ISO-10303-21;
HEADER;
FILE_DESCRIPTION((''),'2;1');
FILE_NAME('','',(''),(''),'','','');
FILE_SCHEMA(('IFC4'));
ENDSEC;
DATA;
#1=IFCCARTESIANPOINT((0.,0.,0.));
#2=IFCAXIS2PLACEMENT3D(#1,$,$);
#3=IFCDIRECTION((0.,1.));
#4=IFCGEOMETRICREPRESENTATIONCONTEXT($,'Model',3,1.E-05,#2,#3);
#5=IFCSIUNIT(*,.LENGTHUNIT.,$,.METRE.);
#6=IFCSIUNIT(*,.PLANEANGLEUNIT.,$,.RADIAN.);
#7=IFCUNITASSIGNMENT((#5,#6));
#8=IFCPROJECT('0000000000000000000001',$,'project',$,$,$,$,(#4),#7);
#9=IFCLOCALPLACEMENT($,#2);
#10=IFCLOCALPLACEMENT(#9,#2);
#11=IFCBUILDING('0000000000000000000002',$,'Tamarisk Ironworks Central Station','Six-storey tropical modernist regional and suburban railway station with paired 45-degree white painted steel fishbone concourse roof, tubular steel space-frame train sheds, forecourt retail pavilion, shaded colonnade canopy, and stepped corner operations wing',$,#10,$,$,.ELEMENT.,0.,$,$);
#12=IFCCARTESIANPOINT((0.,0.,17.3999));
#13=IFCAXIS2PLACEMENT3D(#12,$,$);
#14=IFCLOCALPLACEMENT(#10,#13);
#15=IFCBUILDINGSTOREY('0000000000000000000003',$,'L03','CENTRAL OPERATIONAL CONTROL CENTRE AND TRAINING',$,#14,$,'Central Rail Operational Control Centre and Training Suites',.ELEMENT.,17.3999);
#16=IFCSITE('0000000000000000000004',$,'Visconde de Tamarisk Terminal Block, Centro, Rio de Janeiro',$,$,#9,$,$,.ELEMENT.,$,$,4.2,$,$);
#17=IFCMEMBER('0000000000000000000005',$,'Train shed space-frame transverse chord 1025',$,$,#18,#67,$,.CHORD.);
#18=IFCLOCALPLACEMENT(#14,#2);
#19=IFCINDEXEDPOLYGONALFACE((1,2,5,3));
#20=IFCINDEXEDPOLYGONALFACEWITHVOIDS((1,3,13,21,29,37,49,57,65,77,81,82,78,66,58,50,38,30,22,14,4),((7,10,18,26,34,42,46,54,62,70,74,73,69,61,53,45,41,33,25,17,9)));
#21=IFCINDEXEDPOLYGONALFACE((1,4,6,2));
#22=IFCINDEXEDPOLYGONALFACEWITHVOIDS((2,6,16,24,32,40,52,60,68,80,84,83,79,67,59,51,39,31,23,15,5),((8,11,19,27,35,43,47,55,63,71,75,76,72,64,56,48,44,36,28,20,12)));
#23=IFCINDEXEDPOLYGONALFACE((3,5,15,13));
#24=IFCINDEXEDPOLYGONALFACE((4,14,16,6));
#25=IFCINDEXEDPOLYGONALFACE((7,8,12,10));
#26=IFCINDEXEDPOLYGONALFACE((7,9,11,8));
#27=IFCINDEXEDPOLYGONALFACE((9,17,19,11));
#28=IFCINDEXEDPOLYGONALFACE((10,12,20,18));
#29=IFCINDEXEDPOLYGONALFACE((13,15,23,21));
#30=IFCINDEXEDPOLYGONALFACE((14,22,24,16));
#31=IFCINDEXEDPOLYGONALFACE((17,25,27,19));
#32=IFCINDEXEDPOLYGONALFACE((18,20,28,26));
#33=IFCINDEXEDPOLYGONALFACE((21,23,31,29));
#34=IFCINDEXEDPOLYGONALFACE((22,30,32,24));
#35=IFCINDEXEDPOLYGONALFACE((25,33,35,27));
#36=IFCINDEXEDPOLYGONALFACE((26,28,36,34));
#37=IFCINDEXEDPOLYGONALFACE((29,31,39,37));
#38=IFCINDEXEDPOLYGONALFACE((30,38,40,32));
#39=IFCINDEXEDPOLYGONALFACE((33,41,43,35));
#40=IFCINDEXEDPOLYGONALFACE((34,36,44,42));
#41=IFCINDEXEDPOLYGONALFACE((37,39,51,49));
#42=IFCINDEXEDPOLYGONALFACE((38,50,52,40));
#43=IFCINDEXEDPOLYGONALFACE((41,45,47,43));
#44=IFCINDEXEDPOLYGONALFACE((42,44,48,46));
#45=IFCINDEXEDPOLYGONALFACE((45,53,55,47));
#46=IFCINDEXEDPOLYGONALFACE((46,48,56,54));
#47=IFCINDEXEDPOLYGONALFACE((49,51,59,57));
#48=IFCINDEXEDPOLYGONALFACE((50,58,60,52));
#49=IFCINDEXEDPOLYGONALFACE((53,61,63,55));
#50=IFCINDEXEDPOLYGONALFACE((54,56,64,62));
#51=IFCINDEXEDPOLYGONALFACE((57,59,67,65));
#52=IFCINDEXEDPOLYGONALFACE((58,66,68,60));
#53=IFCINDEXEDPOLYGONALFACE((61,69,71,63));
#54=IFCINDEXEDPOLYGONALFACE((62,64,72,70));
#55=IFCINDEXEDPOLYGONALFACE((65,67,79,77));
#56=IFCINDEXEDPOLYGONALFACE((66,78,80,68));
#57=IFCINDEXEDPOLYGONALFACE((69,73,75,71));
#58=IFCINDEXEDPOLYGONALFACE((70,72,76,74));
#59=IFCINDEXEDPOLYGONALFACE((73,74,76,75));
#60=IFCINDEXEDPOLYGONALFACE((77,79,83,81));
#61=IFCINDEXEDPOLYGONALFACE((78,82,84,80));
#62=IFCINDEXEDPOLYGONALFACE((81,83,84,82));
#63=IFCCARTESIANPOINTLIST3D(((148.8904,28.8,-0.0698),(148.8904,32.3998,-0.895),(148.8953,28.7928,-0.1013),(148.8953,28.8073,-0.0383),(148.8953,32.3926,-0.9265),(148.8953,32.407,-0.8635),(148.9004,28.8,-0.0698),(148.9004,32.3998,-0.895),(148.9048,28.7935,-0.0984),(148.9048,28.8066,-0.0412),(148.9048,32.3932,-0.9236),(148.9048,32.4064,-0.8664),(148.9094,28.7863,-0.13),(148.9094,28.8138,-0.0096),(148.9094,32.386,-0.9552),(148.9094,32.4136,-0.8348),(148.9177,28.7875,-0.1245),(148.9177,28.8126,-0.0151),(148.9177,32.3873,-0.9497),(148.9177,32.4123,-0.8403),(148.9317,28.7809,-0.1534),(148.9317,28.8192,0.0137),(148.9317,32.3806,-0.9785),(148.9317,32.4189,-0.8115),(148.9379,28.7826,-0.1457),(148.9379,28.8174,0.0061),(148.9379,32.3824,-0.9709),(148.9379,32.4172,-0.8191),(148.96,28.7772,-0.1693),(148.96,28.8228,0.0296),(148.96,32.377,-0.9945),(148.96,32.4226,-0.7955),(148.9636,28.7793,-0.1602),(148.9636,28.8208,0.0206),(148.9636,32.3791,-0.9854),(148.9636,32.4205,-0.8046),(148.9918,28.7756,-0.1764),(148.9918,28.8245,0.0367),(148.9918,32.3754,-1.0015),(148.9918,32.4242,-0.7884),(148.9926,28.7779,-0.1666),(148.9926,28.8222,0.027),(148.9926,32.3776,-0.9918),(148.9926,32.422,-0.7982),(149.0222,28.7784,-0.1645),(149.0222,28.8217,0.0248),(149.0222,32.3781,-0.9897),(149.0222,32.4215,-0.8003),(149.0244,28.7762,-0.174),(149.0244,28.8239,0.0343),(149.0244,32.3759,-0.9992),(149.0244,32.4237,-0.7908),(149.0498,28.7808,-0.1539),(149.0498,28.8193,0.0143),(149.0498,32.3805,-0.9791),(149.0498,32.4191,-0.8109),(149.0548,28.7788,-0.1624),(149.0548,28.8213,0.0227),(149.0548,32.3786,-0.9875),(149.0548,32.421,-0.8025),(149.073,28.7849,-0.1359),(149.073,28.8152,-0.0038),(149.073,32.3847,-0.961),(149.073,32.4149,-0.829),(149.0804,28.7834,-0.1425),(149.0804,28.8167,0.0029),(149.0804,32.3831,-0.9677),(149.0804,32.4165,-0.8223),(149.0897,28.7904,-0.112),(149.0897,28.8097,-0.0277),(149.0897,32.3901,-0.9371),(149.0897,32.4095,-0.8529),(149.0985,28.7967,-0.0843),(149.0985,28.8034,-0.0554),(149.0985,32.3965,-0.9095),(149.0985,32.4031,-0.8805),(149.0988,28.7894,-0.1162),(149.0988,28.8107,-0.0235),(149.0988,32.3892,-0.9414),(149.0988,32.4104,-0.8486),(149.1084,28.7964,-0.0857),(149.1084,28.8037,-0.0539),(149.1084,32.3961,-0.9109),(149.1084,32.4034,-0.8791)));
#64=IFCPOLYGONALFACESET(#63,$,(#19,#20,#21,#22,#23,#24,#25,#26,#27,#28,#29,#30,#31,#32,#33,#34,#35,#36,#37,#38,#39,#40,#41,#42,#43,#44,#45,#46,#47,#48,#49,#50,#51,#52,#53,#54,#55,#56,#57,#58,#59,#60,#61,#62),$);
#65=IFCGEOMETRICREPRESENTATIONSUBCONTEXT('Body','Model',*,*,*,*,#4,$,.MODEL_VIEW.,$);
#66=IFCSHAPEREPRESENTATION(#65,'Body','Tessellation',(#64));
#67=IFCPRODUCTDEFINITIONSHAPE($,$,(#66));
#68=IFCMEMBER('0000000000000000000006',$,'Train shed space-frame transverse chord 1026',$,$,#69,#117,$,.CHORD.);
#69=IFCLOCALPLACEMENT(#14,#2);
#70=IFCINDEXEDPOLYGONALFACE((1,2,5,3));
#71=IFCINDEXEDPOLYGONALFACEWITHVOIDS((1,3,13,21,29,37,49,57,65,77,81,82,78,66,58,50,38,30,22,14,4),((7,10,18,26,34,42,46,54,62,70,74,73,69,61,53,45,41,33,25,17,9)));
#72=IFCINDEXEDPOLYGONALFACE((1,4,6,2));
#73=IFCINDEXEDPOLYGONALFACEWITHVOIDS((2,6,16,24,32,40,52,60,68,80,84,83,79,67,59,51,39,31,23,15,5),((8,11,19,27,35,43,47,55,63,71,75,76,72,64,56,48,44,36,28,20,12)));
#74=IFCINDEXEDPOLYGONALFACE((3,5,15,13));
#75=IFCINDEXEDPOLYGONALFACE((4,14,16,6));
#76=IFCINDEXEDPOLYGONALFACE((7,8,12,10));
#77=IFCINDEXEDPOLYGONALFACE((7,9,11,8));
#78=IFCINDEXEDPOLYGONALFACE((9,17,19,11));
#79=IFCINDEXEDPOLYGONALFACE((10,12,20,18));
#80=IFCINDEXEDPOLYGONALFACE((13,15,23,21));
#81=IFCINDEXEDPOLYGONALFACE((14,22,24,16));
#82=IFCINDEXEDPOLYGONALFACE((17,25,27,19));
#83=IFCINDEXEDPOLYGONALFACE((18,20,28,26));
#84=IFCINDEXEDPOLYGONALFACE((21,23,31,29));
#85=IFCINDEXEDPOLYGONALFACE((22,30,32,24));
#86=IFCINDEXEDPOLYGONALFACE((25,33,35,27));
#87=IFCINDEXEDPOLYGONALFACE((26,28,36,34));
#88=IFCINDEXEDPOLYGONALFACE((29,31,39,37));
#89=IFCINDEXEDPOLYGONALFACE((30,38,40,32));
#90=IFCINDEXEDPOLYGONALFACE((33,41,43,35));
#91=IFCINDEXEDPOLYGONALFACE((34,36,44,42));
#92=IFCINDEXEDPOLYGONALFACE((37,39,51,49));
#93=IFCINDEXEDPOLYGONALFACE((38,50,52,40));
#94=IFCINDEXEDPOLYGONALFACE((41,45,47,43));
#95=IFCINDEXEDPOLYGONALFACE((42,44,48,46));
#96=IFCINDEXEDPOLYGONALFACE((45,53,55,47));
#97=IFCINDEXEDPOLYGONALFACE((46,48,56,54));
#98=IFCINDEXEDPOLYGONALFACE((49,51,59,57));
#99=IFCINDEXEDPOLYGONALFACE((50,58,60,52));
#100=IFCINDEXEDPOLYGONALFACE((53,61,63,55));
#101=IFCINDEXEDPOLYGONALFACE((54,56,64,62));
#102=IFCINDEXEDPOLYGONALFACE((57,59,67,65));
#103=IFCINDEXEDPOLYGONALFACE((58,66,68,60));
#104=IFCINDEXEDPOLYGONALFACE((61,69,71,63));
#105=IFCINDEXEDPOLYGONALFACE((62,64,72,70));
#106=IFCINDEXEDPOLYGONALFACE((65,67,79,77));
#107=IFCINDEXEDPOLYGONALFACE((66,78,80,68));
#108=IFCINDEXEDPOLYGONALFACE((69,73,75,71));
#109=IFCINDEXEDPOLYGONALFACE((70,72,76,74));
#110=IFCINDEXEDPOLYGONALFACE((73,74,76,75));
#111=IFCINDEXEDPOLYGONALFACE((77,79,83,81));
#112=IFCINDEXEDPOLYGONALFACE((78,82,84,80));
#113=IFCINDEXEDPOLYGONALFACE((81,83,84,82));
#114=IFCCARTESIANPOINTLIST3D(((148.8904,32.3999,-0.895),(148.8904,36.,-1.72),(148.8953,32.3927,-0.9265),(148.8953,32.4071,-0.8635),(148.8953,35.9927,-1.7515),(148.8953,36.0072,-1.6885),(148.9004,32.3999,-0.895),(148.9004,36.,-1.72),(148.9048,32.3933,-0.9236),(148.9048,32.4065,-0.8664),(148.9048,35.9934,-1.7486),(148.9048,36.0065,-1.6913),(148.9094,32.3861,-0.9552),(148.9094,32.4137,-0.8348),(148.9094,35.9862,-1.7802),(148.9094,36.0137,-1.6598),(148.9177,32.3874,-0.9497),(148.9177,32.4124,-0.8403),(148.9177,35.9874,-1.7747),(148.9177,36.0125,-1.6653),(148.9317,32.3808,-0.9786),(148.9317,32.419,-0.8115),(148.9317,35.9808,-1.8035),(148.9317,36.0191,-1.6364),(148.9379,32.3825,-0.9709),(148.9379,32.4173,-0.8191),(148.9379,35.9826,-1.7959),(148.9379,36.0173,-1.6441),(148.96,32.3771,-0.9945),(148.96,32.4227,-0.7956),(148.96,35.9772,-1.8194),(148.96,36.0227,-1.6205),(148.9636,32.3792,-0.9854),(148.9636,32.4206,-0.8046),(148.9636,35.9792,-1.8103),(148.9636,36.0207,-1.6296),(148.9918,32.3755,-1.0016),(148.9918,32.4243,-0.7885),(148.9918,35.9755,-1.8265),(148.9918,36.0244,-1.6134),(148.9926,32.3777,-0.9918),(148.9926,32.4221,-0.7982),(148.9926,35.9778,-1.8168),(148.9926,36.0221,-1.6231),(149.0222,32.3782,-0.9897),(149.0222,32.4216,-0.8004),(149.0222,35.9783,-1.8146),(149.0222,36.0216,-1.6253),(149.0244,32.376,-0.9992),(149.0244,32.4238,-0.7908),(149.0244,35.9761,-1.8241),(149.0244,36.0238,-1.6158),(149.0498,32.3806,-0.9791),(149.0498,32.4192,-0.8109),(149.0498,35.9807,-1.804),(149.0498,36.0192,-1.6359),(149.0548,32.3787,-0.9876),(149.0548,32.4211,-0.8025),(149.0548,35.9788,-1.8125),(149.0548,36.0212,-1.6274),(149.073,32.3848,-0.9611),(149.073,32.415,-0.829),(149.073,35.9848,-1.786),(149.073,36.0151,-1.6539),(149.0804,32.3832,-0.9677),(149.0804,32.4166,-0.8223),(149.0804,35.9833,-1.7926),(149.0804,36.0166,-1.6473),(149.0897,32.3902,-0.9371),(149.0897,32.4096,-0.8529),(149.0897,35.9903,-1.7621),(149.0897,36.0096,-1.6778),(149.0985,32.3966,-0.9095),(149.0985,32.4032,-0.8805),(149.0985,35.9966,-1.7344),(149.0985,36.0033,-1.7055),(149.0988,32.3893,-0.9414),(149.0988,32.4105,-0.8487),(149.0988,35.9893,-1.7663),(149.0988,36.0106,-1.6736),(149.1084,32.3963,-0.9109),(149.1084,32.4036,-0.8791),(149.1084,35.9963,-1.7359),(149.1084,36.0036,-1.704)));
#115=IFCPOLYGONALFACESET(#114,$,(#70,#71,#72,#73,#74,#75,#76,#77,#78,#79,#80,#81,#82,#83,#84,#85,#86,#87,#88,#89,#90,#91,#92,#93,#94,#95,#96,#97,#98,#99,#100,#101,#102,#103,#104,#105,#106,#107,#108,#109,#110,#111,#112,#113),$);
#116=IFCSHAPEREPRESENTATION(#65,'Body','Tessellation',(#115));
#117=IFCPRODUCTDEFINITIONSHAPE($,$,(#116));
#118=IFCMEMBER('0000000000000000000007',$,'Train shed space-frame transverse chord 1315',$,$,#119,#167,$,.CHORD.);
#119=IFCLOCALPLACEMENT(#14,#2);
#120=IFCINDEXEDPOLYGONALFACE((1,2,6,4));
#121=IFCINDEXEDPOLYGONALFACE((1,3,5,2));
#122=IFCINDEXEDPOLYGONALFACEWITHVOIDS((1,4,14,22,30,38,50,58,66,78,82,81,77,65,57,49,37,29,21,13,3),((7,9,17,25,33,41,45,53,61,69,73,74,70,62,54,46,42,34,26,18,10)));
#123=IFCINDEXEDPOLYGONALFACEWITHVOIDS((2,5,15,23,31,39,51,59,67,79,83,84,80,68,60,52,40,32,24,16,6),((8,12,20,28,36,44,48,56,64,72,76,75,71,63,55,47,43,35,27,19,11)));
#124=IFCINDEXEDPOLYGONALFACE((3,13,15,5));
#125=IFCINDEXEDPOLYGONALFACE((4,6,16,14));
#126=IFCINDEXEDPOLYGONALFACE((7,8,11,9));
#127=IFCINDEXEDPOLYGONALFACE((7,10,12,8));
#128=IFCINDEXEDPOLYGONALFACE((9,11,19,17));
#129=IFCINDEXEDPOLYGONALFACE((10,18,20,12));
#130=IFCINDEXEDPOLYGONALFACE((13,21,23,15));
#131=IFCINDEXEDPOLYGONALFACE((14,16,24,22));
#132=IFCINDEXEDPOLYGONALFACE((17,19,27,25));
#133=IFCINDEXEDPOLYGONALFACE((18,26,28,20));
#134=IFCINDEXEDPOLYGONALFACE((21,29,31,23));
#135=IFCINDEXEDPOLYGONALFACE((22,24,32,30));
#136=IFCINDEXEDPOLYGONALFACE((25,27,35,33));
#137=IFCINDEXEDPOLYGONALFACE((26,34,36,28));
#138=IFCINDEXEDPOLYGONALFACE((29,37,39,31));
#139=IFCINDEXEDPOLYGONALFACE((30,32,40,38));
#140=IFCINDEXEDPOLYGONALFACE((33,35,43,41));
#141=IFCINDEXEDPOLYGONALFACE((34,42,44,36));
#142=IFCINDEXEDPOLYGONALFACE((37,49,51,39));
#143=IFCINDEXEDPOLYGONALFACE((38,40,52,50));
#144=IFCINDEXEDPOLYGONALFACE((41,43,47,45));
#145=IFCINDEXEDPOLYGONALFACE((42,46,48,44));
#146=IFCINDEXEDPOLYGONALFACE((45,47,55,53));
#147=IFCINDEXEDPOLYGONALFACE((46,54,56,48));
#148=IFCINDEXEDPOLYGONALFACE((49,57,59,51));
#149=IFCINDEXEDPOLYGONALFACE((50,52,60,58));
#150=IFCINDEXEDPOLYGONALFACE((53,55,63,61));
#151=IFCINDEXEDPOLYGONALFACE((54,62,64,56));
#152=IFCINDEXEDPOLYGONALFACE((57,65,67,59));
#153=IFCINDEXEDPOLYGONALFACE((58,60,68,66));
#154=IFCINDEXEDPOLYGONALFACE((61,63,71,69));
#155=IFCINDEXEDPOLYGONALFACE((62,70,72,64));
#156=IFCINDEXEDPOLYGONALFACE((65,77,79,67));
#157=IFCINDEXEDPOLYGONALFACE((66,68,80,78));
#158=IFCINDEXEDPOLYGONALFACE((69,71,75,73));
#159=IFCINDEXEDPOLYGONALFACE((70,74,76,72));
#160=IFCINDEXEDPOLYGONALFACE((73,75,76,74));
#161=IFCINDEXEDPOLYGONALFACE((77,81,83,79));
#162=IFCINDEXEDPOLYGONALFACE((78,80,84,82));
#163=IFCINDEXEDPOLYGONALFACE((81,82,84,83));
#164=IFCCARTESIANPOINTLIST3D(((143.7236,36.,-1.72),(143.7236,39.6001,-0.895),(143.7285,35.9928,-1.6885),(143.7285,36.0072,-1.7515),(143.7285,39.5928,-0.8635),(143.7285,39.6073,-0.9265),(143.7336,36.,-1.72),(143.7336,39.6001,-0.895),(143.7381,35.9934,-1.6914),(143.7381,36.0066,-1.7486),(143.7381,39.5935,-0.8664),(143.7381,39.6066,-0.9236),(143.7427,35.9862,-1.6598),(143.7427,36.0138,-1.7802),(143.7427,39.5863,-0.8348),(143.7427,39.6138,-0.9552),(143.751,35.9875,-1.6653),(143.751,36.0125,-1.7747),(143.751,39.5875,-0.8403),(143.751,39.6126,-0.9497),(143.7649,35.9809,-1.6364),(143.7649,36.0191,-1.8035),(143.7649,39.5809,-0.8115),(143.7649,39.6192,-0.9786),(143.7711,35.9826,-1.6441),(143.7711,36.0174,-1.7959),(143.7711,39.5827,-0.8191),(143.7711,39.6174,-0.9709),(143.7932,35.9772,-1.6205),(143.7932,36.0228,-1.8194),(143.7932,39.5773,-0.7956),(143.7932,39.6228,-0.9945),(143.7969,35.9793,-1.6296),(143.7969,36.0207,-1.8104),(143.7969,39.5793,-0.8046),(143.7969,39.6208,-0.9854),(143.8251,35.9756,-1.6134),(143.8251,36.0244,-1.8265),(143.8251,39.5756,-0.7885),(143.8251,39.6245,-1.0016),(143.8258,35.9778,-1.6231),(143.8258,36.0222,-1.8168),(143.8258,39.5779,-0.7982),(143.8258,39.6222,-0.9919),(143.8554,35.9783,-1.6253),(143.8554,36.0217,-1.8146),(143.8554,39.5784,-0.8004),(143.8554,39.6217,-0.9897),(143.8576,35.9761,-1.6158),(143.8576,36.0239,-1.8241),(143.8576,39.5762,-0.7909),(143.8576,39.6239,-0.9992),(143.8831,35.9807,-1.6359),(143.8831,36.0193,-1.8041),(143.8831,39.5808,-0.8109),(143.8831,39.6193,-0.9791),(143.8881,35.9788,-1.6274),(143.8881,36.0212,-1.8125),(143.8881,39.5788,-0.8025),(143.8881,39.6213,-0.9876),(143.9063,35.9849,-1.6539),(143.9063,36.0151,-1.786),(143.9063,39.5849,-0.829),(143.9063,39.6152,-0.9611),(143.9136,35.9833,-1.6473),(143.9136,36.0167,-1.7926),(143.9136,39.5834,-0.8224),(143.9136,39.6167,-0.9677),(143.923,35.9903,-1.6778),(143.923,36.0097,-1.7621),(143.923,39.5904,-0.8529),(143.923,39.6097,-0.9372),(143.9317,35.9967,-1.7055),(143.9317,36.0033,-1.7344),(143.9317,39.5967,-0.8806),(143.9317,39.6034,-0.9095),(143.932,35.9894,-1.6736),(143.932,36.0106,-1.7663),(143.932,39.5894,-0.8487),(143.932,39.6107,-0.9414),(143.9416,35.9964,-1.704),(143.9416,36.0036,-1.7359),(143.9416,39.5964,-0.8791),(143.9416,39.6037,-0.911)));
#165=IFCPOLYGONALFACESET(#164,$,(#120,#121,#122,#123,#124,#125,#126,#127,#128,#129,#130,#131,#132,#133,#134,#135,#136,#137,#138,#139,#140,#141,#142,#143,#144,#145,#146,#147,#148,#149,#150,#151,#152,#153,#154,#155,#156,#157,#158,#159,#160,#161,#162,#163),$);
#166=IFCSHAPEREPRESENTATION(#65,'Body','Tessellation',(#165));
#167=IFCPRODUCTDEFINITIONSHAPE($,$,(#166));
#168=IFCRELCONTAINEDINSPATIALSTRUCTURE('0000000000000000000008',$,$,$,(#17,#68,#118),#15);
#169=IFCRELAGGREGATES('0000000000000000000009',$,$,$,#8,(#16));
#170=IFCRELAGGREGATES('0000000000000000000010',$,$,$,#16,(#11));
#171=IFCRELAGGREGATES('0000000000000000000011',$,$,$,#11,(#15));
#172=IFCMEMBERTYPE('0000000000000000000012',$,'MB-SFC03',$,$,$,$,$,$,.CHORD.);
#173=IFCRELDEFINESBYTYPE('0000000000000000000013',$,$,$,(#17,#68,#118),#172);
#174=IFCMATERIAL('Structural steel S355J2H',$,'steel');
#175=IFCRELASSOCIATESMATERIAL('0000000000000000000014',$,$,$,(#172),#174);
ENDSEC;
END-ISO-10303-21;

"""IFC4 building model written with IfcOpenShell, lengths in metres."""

from ifc_helpers import new_model, si_unit, direction, frame, origin, origin_2d, place, context, subcontext, project, spatial, hollow_circle, extrude, material, material_profile, profile_set, type_object, element, save


model = new_model("IFC4")

# Units and contexts
model_context = context("Model", 3, precision=1e-05, world=origin(), true_north=direction((0.0, 1.0)))
body_context = subcontext(model_context, "Body", "Model", "MODEL_VIEW")
ifc_project = project(units=[si_unit("LENGTHUNIT", "METRE"), si_unit("PLANEANGLEUNIT", "RADIAN")], contexts=[model_context])

# Site, building, storey
site_placement = place(None, origin())
site = spatial("IfcSite", under=ifc_project, at=site_placement, Name="Visconde de Tamarisk Terminal Block, Centro, Rio de Janeiro", CompositionType="ELEMENT", RefElevation=4.2)
building_placement = place(site_placement, origin())
building = spatial("IfcBuilding", under=site, at=building_placement, Name="Tamarisk Ironworks Central Station", Description="Six-storey tropical modernist regional and suburban railway station with paired 45-degree white painted steel fishbone concourse roof, tubular steel space-frame train sheds, forecourt retail pavilion, shaded colonnade canopy, and stepped corner operations wing", CompositionType="ELEMENT", ElevationOfRefHeight=0.0)
storey_placement = place(building_placement, frame((0.0, 0.0, 17.3999)))
storey = spatial("IfcBuildingStorey", under=building, at=storey_placement, Name="L03", Description="CENTRAL OPERATIONAL CONTROL CENTRE AND TRAINING", LongName="Central Rail Operational Control Centre and Training Suites", CompositionType="ELEMENT", Elevation=17.3999)

# Members
ifc_material = material(Name="Structural steel S355J2H", Category="steel")
ifc_material_profile_1 = material_profile(ifc_material, hollow_circle(Radius=0.1096, WallThickness=0.01, at=origin_2d()), Name="CHS 219.1x10")
ifc_profile_set_1 = profile_set([ifc_material_profile_1], Name="Structural steel S355J2H")
member_type_1 = type_object("IfcMemberType", Name="MB-SFC03", PredefinedType="CHORD", material=ifc_profile_set_1)
member_1_placement = place(storey_placement, frame((149.0, 28.8, -0.0698), z_axis=(0.0, 0.974719, -0.223435), x_axis=(-1.0, 0.0, 0.0)))
element("IfcMember", 1, at=member_1_placement, inside=storey, type_object=member_type_1, Name="Train shed space-frame transverse chord 1025", PredefinedType="CHORD", context=body_context, shape_type="SweptSolid", body=[
    extrude(hollow_circle(Radius=0.1096, WallThickness=0.01, at=origin_2d()), origin(), (0.0, 0.0, 1.0), 3.6931),
])
for number, where, z_axis, x_axis, name in (
    (2, (149.0, 32.3999, -0.895), (0.0, 0.974737, -0.223358), (-1.0, 0.0, 0.0), "Train shed space-frame transverse chord 1026"),
    (3, (143.8333, 36.0, -1.72), (0.0, 0.974737, 0.223358), (-1.0, 0.0, 0.0), "Train shed space-frame transverse chord 1315"),
):
    element("IfcMember", number, at=place(storey_placement, frame(where, z_axis=z_axis, x_axis=x_axis)), inside=storey, type_object=member_type_1, Name=name, PredefinedType="CHORD", context=body_context, shape_type="SweptSolid", body=[
        extrude(hollow_circle(Radius=0.1096, WallThickness=0.01, at=origin_2d()), origin(), (0.0, 0.0, 1.0), 3.6934),
    ])

save(model, "model.ifc")
